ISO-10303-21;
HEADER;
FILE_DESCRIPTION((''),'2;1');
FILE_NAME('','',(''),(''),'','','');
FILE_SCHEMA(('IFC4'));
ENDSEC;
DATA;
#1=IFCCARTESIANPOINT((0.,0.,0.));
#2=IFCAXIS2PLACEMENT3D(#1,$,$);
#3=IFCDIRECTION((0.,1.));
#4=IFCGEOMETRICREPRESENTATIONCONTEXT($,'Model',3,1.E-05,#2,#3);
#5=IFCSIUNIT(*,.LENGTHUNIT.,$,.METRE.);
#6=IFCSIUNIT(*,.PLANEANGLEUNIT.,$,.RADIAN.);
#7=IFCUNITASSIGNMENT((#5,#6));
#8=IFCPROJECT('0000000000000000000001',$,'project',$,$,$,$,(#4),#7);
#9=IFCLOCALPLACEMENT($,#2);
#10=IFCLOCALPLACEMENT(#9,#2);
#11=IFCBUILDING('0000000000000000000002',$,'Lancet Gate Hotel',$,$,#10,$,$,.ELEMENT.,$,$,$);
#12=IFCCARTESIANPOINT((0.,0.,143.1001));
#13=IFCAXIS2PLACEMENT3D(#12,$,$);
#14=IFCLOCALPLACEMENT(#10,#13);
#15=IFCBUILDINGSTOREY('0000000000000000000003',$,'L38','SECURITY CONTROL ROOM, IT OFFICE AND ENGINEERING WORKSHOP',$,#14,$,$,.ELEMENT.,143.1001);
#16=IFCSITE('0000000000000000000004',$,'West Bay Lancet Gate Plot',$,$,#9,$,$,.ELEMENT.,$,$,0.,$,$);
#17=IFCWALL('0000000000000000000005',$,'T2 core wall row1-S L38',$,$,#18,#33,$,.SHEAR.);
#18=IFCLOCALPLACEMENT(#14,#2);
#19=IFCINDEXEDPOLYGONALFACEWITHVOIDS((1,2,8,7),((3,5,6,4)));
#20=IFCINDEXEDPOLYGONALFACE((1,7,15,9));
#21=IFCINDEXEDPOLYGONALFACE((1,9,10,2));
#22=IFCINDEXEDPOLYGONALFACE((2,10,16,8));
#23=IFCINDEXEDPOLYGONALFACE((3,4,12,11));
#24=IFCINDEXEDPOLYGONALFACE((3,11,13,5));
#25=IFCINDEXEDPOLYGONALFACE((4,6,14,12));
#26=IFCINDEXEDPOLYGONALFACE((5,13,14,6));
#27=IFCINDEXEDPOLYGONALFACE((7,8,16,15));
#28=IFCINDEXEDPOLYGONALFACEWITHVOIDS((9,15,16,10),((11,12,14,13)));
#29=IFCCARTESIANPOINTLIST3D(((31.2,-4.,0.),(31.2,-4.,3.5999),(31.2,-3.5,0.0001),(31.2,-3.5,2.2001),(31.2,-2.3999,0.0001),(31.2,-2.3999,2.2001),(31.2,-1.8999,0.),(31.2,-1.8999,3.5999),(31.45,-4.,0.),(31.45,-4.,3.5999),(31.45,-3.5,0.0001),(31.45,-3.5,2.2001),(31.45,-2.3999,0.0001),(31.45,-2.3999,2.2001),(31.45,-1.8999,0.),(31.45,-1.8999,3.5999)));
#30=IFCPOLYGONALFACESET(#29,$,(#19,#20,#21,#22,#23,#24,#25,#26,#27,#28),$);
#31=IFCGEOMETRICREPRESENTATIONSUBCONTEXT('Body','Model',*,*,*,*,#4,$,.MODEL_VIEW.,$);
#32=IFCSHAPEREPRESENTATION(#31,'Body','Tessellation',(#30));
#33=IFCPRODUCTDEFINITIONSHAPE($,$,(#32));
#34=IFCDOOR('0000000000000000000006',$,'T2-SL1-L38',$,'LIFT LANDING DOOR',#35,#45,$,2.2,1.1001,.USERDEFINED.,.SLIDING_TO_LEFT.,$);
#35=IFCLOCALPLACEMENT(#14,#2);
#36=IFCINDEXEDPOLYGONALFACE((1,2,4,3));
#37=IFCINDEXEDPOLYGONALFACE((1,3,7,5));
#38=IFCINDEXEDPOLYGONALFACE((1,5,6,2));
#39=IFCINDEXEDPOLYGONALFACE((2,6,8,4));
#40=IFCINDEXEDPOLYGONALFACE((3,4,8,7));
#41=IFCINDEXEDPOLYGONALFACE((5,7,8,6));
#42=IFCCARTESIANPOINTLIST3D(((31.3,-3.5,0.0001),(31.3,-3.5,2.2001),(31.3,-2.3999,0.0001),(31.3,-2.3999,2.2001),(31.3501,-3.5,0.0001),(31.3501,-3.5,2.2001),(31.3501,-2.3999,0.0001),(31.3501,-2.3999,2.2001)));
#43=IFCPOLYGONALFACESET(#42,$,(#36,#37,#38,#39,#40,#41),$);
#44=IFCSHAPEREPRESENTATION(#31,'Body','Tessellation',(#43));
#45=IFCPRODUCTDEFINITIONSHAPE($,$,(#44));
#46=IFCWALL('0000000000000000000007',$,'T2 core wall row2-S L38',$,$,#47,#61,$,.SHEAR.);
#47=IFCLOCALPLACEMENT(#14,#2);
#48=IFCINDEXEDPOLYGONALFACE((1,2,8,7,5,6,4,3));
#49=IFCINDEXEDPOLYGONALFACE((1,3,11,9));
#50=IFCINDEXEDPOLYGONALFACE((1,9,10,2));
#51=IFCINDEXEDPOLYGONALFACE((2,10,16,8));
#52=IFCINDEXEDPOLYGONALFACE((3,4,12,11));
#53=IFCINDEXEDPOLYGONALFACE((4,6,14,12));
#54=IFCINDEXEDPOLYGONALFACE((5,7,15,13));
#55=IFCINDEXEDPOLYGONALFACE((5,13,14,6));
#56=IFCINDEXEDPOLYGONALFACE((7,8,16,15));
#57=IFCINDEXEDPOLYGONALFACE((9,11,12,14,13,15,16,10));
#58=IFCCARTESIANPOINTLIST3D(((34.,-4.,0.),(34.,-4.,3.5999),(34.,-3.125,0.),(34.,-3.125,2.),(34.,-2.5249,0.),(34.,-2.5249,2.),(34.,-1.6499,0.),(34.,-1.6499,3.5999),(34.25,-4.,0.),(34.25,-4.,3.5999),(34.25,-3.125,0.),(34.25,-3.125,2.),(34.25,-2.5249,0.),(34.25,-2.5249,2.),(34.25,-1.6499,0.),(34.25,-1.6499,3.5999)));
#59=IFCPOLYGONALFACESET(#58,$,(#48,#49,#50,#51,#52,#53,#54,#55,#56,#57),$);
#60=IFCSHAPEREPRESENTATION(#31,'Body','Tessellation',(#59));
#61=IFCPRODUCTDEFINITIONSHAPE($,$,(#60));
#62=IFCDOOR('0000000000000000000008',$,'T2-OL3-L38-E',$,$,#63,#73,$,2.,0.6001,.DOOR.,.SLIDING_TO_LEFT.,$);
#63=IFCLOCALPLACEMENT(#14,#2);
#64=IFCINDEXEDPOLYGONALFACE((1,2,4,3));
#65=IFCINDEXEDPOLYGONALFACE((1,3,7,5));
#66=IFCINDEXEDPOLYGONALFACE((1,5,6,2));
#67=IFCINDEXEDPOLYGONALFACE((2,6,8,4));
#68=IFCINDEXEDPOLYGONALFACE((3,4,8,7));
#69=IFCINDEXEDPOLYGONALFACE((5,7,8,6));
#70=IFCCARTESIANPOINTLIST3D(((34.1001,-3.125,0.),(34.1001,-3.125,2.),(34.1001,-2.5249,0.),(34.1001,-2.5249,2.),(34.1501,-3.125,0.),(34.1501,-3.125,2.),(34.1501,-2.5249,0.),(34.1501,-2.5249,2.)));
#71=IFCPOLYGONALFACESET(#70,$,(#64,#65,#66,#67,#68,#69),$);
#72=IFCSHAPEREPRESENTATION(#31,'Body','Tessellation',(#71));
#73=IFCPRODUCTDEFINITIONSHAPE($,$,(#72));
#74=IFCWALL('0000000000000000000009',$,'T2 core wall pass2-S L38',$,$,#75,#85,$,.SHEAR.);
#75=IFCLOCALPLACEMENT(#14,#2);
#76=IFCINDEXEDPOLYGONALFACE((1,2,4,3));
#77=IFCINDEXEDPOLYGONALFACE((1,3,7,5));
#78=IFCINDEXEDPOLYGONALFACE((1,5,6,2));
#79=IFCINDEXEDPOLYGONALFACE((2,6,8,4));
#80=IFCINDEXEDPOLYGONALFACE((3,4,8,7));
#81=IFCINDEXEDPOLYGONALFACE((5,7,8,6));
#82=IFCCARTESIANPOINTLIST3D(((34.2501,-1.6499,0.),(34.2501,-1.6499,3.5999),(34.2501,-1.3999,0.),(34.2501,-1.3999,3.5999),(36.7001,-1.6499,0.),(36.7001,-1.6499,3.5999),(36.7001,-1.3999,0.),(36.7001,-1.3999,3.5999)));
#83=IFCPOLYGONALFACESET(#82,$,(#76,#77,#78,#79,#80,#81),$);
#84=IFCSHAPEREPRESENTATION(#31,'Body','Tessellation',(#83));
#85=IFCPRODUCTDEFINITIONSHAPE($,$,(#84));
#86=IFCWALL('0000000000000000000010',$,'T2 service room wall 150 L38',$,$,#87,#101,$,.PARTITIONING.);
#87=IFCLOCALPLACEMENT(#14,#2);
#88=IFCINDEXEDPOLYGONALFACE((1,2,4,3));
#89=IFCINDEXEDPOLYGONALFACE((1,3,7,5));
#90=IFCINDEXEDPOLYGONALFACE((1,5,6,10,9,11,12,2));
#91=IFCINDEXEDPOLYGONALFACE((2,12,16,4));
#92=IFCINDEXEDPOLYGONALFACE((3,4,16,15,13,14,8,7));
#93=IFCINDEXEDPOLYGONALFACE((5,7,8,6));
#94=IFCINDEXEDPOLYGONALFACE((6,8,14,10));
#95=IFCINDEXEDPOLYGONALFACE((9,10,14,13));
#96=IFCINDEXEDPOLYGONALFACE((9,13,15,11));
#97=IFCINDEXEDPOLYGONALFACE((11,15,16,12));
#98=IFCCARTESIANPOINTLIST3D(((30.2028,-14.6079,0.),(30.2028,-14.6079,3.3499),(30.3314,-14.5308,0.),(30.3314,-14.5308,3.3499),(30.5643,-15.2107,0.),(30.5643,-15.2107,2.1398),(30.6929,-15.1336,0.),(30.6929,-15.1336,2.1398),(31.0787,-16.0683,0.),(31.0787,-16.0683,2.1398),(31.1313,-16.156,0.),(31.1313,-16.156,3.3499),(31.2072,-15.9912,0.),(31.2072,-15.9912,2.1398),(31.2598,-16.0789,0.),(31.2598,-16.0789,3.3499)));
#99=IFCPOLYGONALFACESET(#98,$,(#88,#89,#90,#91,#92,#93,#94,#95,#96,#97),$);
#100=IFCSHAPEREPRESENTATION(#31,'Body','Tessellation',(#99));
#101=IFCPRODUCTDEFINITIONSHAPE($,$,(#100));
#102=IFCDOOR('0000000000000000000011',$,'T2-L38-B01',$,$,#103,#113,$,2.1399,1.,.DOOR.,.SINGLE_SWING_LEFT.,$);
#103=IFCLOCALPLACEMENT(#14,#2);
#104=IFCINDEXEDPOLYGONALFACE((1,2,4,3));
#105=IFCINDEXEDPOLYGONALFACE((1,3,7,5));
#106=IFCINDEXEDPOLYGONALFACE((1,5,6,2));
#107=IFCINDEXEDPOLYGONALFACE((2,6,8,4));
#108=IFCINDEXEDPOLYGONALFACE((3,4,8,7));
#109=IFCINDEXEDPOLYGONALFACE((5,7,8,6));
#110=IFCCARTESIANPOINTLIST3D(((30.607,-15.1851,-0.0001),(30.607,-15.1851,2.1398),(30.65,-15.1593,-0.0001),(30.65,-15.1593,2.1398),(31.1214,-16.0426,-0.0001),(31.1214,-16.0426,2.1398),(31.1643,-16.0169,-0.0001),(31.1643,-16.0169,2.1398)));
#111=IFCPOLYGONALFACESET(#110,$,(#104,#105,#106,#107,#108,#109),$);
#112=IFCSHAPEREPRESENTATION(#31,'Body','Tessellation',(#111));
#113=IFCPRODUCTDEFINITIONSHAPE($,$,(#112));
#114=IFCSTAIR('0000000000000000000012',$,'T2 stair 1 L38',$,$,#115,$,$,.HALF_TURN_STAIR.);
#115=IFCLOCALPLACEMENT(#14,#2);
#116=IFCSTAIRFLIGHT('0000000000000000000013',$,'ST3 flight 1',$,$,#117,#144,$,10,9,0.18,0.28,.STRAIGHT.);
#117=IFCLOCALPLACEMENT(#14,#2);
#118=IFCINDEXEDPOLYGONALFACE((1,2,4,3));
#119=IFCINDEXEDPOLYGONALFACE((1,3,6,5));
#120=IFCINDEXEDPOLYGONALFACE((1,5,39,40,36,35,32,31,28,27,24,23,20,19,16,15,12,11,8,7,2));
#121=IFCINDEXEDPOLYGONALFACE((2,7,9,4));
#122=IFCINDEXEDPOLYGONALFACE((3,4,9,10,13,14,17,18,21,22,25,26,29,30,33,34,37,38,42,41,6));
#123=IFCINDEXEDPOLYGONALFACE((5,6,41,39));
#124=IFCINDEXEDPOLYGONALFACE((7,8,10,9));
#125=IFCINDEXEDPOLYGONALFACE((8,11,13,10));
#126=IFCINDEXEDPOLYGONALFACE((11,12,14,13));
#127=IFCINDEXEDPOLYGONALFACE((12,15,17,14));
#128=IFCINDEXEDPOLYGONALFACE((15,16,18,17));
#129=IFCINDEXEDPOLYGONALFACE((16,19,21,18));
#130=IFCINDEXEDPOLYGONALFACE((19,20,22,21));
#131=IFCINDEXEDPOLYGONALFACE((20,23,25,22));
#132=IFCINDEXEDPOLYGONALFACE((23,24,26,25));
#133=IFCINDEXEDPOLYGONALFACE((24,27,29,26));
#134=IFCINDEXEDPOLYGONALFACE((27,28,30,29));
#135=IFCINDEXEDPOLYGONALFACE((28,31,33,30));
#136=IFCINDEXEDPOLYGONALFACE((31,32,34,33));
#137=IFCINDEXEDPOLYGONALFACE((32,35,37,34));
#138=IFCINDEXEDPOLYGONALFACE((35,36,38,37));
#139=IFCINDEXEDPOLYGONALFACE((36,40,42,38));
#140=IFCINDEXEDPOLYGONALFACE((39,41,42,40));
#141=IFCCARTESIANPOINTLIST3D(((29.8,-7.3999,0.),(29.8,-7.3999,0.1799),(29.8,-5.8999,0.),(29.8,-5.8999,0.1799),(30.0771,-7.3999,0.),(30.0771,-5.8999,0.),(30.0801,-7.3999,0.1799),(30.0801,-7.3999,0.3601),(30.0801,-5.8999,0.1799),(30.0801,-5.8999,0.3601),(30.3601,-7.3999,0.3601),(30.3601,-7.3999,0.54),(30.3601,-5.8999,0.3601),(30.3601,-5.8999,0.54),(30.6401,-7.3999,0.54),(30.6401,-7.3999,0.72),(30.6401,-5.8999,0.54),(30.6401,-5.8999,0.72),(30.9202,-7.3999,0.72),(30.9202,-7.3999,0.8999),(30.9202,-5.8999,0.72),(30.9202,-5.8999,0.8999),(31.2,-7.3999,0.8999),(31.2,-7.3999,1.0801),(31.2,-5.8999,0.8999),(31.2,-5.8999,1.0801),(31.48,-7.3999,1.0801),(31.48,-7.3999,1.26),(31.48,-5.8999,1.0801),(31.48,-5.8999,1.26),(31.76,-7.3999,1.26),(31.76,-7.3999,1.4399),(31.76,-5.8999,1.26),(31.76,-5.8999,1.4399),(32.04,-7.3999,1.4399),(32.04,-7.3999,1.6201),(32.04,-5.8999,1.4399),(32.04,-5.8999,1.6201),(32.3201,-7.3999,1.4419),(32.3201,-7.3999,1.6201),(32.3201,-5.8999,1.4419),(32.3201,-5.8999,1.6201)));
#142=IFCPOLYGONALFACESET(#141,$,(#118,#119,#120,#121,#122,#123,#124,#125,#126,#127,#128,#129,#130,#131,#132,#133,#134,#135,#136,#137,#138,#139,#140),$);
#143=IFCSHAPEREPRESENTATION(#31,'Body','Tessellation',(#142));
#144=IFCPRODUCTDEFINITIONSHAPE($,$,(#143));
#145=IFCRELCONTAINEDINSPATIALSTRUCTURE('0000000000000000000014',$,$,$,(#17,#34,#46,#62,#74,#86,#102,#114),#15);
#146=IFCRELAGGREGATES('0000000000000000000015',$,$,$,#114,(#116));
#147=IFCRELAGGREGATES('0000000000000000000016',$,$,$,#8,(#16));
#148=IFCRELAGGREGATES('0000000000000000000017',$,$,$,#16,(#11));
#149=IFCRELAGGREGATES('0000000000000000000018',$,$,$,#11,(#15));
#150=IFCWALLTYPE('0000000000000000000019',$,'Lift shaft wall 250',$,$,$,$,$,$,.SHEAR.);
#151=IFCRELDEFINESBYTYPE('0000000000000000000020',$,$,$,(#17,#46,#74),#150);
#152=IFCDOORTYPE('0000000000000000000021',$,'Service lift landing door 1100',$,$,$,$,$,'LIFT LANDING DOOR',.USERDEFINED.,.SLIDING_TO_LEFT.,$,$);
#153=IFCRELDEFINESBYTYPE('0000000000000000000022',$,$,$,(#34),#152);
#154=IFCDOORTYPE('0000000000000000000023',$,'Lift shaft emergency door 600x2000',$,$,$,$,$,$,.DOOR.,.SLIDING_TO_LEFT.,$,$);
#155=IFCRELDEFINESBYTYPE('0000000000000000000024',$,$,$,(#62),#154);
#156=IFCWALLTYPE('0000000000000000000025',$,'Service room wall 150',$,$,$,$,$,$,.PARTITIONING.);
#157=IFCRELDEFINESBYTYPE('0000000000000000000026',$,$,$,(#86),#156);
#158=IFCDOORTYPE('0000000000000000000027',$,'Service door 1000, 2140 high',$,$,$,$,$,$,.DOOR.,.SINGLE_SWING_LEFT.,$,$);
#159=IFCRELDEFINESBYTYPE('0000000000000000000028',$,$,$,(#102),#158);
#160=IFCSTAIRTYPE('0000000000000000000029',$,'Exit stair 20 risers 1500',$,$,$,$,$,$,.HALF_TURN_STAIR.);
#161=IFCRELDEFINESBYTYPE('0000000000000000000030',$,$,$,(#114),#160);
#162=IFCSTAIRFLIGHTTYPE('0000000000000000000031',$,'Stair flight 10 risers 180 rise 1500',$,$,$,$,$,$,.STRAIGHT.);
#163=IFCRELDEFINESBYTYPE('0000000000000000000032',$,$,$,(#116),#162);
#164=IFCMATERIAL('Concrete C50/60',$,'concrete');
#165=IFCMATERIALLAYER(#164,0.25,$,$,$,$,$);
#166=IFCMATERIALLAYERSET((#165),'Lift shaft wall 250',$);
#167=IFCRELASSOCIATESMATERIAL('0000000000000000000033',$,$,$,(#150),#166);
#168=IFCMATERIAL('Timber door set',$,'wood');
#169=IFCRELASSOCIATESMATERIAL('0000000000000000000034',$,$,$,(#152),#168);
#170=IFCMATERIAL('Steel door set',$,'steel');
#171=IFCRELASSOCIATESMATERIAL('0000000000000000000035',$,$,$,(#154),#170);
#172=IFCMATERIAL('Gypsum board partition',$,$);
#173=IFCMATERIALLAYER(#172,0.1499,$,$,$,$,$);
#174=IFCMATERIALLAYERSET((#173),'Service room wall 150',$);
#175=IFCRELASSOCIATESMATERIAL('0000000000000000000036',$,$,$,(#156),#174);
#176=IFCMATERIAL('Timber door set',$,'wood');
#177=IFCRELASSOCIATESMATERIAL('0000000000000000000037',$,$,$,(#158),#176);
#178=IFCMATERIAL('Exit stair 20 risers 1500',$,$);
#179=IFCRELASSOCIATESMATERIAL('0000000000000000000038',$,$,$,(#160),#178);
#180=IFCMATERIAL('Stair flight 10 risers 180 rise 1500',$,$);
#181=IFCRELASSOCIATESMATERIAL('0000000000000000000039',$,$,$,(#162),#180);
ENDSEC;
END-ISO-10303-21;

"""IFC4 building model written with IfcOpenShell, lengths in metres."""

from ifc_helpers import new_model, si_unit, direction, frame, frame_2d, origin, place, context, subcontext, project, spatial, polyline, rectangle, outline, extrude, material, layer, layer_set, type_object, element, fill, aggregate, save


model = new_model("IFC4")

# Units and contexts
model_context = context("Model", 3, precision=1e-05, world=origin(), true_north=direction((0.0, 1.0)))
body_context = subcontext(model_context, "Body", "Model", "MODEL_VIEW")
ifc_project = project(units=[si_unit("LENGTHUNIT", "METRE"), si_unit("PLANEANGLEUNIT", "RADIAN")], contexts=[model_context])

# Site, building, storey
site_placement = place(None, origin())
site = spatial("IfcSite", under=ifc_project, at=site_placement, Name="West Bay Lancet Gate Plot", CompositionType="ELEMENT", RefElevation=0.0)
building_placement = place(site_placement, origin())
building = spatial("IfcBuilding", under=site, at=building_placement, Name="Lancet Gate Hotel", CompositionType="ELEMENT")
storey_placement = place(building_placement, frame((0.0, 0.0, 143.1001)))
storey = spatial("IfcBuildingStorey", under=building, at=storey_placement, Name="L38", Description="SECURITY CONTROL ROOM, IT OFFICE AND ENGINEERING WORKSHOP", CompositionType="ELEMENT", Elevation=143.1001)

# Walls, openings, doors
ifc_material_1 = material(Name="Concrete C50/60", Category="concrete")
ifc_layer_1 = layer(ifc_material_1, 0.25)
ifc_layer_set_1 = layer_set([ifc_layer_1], Name="Lift shaft wall 250")
wall_type_1 = type_object("IfcWallType", Name="Lift shaft wall 250", PredefinedType="SHEAR", material=ifc_layer_set_1)
wall_1_placement = place(storey_placement, frame((31.325, -4.0, 0.0), z_axis=(0.0, 0.0, 1.0), x_axis=(0.0, 1.0, 0.0)))
wall_1 = element("IfcWall", 1, at=wall_1_placement, inside=storey, type_object=wall_type_1, Name="T2 core wall row1-S L38", PredefinedType="SHEAR", context=body_context, shape_type="SweptSolid", body=[
    extrude(rectangle(XDim=2.1001, YDim=0.25, at=frame_2d((1.05, 0.0))), origin(), (0.0, 0.0, 1.0), 3.5999),
])
opening_1_placement = place(wall_1_placement, frame((0.5, 0.0, 0.0)))
opening_1 = element("IfcOpeningElement", 2, at=opening_1_placement, cuts=wall_1, PredefinedType="OPENING", context=body_context, shape_type="SweptSolid", body=[
    extrude(rectangle(XDim=1.1001, YDim=2.2, at=frame_2d((0.55, 1.1001))), frame((0.0, 0.135, 0.0), z_axis=(0.0, -1.0, 0.0), x_axis=(1.0, 0.0, 0.0)), (0.0, 0.0, 1.0), 0.27),
])
ifc_material_2 = material(Name="Timber door set", Category="wood")
door_type_1 = type_object("IfcDoorType", Name="Service lift landing door 1100", ElementType="LIFT LANDING DOOR", OperationType="SLIDING_TO_LEFT", PredefinedType="USERDEFINED", material=ifc_material_2)
door_1_placement = place(opening_1_placement, origin())
door_1 = element("IfcDoor", 3, at=door_1_placement, inside=storey, type_object=door_type_1, Name="T2-SL1-L38", ObjectType="LIFT LANDING DOOR", OperationType="SLIDING_TO_LEFT", OverallHeight=2.2, OverallWidth=1.1001, PredefinedType="USERDEFINED", context=body_context, shape_type="SweptSolid", body=[
    extrude(rectangle(XDim=1.1001, YDim=2.2, at=frame_2d((0.55, 1.1001))), frame((0.0, 0.0249, 0.0), z_axis=(0.0, -1.0, 0.0), x_axis=(1.0, 0.0, 0.0)), (0.0, 0.0, 1.0), 0.05),
])
fill(opening_1, door_1)
wall_2_placement = place(storey_placement, frame((34.125, -4.0, 0.0), z_axis=(0.0, 0.0, 1.0), x_axis=(0.0, 1.0, 0.0)))
wall_2 = element("IfcWall", 4, at=wall_2_placement, inside=storey, type_object=wall_type_1, Name="T2 core wall row2-S L38", PredefinedType="SHEAR", context=body_context, shape_type="SweptSolid", body=[
    extrude(rectangle(XDim=2.3501, YDim=0.25, at=frame_2d((1.175, 0.0))), origin(), (0.0, 0.0, 1.0), 3.5999),
])
opening_2_placement = place(wall_2_placement, frame((0.875, 0.0, 0.0)))
opening_2 = element("IfcOpeningElement", 5, at=opening_2_placement, cuts=wall_2, PredefinedType="OPENING", context=body_context, shape_type="SweptSolid", body=[
    extrude(rectangle(XDim=0.6001, YDim=2.0, at=frame_2d((0.3, 1.0))), frame((0.0, 0.135, 0.0), z_axis=(0.0, -1.0, 0.0), x_axis=(1.0, 0.0, 0.0)), (0.0, 0.0, 1.0), 0.27),
])
ifc_material_3 = material(Name="Steel door set", Category="steel")
door_type_2 = type_object("IfcDoorType", Name="Lift shaft emergency door 600x2000", OperationType="SLIDING_TO_LEFT", PredefinedType="DOOR", material=ifc_material_3)
door_2_placement = place(opening_2_placement, origin())
door_2 = element("IfcDoor", 6, at=door_2_placement, inside=storey, type_object=door_type_2, Name="T2-OL3-L38-E", OperationType="SLIDING_TO_LEFT", OverallHeight=2.0, OverallWidth=0.6001, PredefinedType="DOOR", context=body_context, shape_type="SweptSolid", body=[
    extrude(rectangle(XDim=0.6001, YDim=2.0, at=frame_2d((0.3, 1.0))), frame((0.0, 0.0249, 0.0), z_axis=(0.0, -1.0, 0.0), x_axis=(1.0, 0.0, 0.0)), (0.0, 0.0, 1.0), 0.05),
])
fill(opening_2, door_2)

# Wall
wall_3_placement = place(storey_placement, frame((34.25, -1.5249, 0.0), z_axis=(0.0, 0.0, 1.0), x_axis=(1.0, 0.0, 0.0)))
element("IfcWall", 7, at=wall_3_placement, inside=storey, type_object=wall_type_1, Name="T2 core wall pass2-S L38", PredefinedType="SHEAR", context=body_context, shape_type="SweptSolid", body=[
    extrude(rectangle(XDim=2.45, YDim=0.25, at=frame_2d((1.2251, 0.0))), origin(), (0.0, 0.0, 1.0), 3.5999),
])

# Wall, opening, door
ifc_material_4 = material(Name="Gypsum board partition")
ifc_layer_2 = layer(ifc_material_4, 0.1499)
ifc_layer_set_2 = layer_set([ifc_layer_2], Name="Service room wall 150")
wall_type_2 = type_object("IfcWallType", Name="Service room wall 150", PredefinedType="PARTITIONING", material=ifc_layer_set_2)
wall_4_placement = place(storey_placement, frame((30.2671, -14.5693, 0.0), z_axis=(0.0, 0.0, 1.0), x_axis=(0.514337, -0.857588, 0.0)))
wall_4 = element("IfcWall", 8, at=wall_4_placement, inside=storey, type_object=wall_type_2, Name="T2 service room wall 150 L38", PredefinedType="PARTITIONING", context=body_context, shape_type="SweptSolid", body=[
    extrude(rectangle(XDim=1.8052, YDim=0.1499, at=frame_2d((0.9026, 0.0))), origin(), (0.0, 0.0, 1.0), 3.3499),
])
opening_3_placement = place(wall_4_placement, frame((0.7029, 0.0, 0.0)))
opening_3 = element("IfcOpeningElement", 9, at=opening_3_placement, cuts=wall_4, PredefinedType="OPENING", context=body_context, shape_type="SweptSolid", body=[
    extrude(rectangle(XDim=1.0, YDim=2.1399, at=frame_2d((0.5, 1.0698))), frame((0.0, 0.085, 0.0), z_axis=(0.0, -1.0, 0.0), x_axis=(1.0, 0.0, 0.0)), (0.0, 0.0, 1.0), 0.1699),
])
ifc_material_5 = material(Name="Timber door set", Category="wood")
door_type_3 = type_object("IfcDoorType", Name="Service door 1000, 2140 high", OperationType="SINGLE_SWING_LEFT", PredefinedType="DOOR", material=ifc_material_5)
door_3_placement = place(opening_3_placement, origin())
door_3 = element("IfcDoor", 10, at=door_3_placement, inside=storey, type_object=door_type_3, Name="T2-L38-B01", OperationType="SINGLE_SWING_LEFT", OverallHeight=2.1399, OverallWidth=1.0, PredefinedType="DOOR", context=body_context, shape_type="SweptSolid", body=[
    extrude(rectangle(XDim=1.0, YDim=2.1399, at=frame_2d((0.5, 1.0698))), frame((0.0, 0.0249, 0.0), z_axis=(0.0, -1.0, 0.0), x_axis=(1.0, 0.0, 0.0)), (0.0, 0.0, 1.0), 0.05),
])
fill(opening_3, door_3)

# Stair, stair flight
ifc_material_6 = material(Name="Exit stair 20 risers 1500")
stair_type = type_object("IfcStairType", Name="Exit stair 20 risers 1500", PredefinedType="HALF_TURN_STAIR", material=ifc_material_6)
stair_placement = place(storey_placement, origin())
stair = element("IfcStair", 11, at=stair_placement, inside=storey, type_object=stair_type, Name="T2 stair 1 L38", PredefinedType="HALF_TURN_STAIR")
ifc_material_7 = material(Name="Stair flight 10 risers 180 rise 1500")
stair_flight_type = type_object("IfcStairFlightType", Name="Stair flight 10 risers 180 rise 1500", PredefinedType="STRAIGHT", material=ifc_material_7)
stair_flight_1_placement = place(storey_placement, frame((29.8, -6.6499, 0.0), z_axis=(0.0, 0.0, 1.0), x_axis=(1.0, 0.0, 0.0)))
stair_flight_1 = element("IfcStairFlight", 12, at=stair_flight_1_placement, type_object=stair_flight_type, Name="ST3 flight 1", NumberOfRisers=10, NumberOfTreads=9, PredefinedType="STRAIGHT", RiserHeight=0.18, TreadLength=0.28, context=body_context, shape_type="SweptSolid", body=[
    extrude(outline(polyline([(0.0, 0.0), (0.0, 0.1799), (0.28, 0.1799), (0.28, 0.3601), (0.5601, 0.3601), (0.5601, 0.54), (0.8401, 0.54), (0.8401, 0.72), (1.1201, 0.72), (1.1201, 0.8999), (1.3999, 0.8999), (1.3999, 1.0801), (1.6799, 1.0801), (1.6799, 1.26), (1.96, 1.26), (1.96, 1.4399), (2.24, 1.4399), (2.24, 1.6201), (2.52, 1.6201), (2.52, 1.8), (2.52, 1.4419), (0.2771, 0.0), (0.0, 0.0)])), frame((0.0, 0.75, 0.0), z_axis=(0.0, -1.0, 0.0), x_axis=(1.0, 0.0, 0.0)), (0.0, 0.0, 1.0), 1.5),
])
aggregate(stair, [stair_flight_1])

save(model, "model.ifc")
